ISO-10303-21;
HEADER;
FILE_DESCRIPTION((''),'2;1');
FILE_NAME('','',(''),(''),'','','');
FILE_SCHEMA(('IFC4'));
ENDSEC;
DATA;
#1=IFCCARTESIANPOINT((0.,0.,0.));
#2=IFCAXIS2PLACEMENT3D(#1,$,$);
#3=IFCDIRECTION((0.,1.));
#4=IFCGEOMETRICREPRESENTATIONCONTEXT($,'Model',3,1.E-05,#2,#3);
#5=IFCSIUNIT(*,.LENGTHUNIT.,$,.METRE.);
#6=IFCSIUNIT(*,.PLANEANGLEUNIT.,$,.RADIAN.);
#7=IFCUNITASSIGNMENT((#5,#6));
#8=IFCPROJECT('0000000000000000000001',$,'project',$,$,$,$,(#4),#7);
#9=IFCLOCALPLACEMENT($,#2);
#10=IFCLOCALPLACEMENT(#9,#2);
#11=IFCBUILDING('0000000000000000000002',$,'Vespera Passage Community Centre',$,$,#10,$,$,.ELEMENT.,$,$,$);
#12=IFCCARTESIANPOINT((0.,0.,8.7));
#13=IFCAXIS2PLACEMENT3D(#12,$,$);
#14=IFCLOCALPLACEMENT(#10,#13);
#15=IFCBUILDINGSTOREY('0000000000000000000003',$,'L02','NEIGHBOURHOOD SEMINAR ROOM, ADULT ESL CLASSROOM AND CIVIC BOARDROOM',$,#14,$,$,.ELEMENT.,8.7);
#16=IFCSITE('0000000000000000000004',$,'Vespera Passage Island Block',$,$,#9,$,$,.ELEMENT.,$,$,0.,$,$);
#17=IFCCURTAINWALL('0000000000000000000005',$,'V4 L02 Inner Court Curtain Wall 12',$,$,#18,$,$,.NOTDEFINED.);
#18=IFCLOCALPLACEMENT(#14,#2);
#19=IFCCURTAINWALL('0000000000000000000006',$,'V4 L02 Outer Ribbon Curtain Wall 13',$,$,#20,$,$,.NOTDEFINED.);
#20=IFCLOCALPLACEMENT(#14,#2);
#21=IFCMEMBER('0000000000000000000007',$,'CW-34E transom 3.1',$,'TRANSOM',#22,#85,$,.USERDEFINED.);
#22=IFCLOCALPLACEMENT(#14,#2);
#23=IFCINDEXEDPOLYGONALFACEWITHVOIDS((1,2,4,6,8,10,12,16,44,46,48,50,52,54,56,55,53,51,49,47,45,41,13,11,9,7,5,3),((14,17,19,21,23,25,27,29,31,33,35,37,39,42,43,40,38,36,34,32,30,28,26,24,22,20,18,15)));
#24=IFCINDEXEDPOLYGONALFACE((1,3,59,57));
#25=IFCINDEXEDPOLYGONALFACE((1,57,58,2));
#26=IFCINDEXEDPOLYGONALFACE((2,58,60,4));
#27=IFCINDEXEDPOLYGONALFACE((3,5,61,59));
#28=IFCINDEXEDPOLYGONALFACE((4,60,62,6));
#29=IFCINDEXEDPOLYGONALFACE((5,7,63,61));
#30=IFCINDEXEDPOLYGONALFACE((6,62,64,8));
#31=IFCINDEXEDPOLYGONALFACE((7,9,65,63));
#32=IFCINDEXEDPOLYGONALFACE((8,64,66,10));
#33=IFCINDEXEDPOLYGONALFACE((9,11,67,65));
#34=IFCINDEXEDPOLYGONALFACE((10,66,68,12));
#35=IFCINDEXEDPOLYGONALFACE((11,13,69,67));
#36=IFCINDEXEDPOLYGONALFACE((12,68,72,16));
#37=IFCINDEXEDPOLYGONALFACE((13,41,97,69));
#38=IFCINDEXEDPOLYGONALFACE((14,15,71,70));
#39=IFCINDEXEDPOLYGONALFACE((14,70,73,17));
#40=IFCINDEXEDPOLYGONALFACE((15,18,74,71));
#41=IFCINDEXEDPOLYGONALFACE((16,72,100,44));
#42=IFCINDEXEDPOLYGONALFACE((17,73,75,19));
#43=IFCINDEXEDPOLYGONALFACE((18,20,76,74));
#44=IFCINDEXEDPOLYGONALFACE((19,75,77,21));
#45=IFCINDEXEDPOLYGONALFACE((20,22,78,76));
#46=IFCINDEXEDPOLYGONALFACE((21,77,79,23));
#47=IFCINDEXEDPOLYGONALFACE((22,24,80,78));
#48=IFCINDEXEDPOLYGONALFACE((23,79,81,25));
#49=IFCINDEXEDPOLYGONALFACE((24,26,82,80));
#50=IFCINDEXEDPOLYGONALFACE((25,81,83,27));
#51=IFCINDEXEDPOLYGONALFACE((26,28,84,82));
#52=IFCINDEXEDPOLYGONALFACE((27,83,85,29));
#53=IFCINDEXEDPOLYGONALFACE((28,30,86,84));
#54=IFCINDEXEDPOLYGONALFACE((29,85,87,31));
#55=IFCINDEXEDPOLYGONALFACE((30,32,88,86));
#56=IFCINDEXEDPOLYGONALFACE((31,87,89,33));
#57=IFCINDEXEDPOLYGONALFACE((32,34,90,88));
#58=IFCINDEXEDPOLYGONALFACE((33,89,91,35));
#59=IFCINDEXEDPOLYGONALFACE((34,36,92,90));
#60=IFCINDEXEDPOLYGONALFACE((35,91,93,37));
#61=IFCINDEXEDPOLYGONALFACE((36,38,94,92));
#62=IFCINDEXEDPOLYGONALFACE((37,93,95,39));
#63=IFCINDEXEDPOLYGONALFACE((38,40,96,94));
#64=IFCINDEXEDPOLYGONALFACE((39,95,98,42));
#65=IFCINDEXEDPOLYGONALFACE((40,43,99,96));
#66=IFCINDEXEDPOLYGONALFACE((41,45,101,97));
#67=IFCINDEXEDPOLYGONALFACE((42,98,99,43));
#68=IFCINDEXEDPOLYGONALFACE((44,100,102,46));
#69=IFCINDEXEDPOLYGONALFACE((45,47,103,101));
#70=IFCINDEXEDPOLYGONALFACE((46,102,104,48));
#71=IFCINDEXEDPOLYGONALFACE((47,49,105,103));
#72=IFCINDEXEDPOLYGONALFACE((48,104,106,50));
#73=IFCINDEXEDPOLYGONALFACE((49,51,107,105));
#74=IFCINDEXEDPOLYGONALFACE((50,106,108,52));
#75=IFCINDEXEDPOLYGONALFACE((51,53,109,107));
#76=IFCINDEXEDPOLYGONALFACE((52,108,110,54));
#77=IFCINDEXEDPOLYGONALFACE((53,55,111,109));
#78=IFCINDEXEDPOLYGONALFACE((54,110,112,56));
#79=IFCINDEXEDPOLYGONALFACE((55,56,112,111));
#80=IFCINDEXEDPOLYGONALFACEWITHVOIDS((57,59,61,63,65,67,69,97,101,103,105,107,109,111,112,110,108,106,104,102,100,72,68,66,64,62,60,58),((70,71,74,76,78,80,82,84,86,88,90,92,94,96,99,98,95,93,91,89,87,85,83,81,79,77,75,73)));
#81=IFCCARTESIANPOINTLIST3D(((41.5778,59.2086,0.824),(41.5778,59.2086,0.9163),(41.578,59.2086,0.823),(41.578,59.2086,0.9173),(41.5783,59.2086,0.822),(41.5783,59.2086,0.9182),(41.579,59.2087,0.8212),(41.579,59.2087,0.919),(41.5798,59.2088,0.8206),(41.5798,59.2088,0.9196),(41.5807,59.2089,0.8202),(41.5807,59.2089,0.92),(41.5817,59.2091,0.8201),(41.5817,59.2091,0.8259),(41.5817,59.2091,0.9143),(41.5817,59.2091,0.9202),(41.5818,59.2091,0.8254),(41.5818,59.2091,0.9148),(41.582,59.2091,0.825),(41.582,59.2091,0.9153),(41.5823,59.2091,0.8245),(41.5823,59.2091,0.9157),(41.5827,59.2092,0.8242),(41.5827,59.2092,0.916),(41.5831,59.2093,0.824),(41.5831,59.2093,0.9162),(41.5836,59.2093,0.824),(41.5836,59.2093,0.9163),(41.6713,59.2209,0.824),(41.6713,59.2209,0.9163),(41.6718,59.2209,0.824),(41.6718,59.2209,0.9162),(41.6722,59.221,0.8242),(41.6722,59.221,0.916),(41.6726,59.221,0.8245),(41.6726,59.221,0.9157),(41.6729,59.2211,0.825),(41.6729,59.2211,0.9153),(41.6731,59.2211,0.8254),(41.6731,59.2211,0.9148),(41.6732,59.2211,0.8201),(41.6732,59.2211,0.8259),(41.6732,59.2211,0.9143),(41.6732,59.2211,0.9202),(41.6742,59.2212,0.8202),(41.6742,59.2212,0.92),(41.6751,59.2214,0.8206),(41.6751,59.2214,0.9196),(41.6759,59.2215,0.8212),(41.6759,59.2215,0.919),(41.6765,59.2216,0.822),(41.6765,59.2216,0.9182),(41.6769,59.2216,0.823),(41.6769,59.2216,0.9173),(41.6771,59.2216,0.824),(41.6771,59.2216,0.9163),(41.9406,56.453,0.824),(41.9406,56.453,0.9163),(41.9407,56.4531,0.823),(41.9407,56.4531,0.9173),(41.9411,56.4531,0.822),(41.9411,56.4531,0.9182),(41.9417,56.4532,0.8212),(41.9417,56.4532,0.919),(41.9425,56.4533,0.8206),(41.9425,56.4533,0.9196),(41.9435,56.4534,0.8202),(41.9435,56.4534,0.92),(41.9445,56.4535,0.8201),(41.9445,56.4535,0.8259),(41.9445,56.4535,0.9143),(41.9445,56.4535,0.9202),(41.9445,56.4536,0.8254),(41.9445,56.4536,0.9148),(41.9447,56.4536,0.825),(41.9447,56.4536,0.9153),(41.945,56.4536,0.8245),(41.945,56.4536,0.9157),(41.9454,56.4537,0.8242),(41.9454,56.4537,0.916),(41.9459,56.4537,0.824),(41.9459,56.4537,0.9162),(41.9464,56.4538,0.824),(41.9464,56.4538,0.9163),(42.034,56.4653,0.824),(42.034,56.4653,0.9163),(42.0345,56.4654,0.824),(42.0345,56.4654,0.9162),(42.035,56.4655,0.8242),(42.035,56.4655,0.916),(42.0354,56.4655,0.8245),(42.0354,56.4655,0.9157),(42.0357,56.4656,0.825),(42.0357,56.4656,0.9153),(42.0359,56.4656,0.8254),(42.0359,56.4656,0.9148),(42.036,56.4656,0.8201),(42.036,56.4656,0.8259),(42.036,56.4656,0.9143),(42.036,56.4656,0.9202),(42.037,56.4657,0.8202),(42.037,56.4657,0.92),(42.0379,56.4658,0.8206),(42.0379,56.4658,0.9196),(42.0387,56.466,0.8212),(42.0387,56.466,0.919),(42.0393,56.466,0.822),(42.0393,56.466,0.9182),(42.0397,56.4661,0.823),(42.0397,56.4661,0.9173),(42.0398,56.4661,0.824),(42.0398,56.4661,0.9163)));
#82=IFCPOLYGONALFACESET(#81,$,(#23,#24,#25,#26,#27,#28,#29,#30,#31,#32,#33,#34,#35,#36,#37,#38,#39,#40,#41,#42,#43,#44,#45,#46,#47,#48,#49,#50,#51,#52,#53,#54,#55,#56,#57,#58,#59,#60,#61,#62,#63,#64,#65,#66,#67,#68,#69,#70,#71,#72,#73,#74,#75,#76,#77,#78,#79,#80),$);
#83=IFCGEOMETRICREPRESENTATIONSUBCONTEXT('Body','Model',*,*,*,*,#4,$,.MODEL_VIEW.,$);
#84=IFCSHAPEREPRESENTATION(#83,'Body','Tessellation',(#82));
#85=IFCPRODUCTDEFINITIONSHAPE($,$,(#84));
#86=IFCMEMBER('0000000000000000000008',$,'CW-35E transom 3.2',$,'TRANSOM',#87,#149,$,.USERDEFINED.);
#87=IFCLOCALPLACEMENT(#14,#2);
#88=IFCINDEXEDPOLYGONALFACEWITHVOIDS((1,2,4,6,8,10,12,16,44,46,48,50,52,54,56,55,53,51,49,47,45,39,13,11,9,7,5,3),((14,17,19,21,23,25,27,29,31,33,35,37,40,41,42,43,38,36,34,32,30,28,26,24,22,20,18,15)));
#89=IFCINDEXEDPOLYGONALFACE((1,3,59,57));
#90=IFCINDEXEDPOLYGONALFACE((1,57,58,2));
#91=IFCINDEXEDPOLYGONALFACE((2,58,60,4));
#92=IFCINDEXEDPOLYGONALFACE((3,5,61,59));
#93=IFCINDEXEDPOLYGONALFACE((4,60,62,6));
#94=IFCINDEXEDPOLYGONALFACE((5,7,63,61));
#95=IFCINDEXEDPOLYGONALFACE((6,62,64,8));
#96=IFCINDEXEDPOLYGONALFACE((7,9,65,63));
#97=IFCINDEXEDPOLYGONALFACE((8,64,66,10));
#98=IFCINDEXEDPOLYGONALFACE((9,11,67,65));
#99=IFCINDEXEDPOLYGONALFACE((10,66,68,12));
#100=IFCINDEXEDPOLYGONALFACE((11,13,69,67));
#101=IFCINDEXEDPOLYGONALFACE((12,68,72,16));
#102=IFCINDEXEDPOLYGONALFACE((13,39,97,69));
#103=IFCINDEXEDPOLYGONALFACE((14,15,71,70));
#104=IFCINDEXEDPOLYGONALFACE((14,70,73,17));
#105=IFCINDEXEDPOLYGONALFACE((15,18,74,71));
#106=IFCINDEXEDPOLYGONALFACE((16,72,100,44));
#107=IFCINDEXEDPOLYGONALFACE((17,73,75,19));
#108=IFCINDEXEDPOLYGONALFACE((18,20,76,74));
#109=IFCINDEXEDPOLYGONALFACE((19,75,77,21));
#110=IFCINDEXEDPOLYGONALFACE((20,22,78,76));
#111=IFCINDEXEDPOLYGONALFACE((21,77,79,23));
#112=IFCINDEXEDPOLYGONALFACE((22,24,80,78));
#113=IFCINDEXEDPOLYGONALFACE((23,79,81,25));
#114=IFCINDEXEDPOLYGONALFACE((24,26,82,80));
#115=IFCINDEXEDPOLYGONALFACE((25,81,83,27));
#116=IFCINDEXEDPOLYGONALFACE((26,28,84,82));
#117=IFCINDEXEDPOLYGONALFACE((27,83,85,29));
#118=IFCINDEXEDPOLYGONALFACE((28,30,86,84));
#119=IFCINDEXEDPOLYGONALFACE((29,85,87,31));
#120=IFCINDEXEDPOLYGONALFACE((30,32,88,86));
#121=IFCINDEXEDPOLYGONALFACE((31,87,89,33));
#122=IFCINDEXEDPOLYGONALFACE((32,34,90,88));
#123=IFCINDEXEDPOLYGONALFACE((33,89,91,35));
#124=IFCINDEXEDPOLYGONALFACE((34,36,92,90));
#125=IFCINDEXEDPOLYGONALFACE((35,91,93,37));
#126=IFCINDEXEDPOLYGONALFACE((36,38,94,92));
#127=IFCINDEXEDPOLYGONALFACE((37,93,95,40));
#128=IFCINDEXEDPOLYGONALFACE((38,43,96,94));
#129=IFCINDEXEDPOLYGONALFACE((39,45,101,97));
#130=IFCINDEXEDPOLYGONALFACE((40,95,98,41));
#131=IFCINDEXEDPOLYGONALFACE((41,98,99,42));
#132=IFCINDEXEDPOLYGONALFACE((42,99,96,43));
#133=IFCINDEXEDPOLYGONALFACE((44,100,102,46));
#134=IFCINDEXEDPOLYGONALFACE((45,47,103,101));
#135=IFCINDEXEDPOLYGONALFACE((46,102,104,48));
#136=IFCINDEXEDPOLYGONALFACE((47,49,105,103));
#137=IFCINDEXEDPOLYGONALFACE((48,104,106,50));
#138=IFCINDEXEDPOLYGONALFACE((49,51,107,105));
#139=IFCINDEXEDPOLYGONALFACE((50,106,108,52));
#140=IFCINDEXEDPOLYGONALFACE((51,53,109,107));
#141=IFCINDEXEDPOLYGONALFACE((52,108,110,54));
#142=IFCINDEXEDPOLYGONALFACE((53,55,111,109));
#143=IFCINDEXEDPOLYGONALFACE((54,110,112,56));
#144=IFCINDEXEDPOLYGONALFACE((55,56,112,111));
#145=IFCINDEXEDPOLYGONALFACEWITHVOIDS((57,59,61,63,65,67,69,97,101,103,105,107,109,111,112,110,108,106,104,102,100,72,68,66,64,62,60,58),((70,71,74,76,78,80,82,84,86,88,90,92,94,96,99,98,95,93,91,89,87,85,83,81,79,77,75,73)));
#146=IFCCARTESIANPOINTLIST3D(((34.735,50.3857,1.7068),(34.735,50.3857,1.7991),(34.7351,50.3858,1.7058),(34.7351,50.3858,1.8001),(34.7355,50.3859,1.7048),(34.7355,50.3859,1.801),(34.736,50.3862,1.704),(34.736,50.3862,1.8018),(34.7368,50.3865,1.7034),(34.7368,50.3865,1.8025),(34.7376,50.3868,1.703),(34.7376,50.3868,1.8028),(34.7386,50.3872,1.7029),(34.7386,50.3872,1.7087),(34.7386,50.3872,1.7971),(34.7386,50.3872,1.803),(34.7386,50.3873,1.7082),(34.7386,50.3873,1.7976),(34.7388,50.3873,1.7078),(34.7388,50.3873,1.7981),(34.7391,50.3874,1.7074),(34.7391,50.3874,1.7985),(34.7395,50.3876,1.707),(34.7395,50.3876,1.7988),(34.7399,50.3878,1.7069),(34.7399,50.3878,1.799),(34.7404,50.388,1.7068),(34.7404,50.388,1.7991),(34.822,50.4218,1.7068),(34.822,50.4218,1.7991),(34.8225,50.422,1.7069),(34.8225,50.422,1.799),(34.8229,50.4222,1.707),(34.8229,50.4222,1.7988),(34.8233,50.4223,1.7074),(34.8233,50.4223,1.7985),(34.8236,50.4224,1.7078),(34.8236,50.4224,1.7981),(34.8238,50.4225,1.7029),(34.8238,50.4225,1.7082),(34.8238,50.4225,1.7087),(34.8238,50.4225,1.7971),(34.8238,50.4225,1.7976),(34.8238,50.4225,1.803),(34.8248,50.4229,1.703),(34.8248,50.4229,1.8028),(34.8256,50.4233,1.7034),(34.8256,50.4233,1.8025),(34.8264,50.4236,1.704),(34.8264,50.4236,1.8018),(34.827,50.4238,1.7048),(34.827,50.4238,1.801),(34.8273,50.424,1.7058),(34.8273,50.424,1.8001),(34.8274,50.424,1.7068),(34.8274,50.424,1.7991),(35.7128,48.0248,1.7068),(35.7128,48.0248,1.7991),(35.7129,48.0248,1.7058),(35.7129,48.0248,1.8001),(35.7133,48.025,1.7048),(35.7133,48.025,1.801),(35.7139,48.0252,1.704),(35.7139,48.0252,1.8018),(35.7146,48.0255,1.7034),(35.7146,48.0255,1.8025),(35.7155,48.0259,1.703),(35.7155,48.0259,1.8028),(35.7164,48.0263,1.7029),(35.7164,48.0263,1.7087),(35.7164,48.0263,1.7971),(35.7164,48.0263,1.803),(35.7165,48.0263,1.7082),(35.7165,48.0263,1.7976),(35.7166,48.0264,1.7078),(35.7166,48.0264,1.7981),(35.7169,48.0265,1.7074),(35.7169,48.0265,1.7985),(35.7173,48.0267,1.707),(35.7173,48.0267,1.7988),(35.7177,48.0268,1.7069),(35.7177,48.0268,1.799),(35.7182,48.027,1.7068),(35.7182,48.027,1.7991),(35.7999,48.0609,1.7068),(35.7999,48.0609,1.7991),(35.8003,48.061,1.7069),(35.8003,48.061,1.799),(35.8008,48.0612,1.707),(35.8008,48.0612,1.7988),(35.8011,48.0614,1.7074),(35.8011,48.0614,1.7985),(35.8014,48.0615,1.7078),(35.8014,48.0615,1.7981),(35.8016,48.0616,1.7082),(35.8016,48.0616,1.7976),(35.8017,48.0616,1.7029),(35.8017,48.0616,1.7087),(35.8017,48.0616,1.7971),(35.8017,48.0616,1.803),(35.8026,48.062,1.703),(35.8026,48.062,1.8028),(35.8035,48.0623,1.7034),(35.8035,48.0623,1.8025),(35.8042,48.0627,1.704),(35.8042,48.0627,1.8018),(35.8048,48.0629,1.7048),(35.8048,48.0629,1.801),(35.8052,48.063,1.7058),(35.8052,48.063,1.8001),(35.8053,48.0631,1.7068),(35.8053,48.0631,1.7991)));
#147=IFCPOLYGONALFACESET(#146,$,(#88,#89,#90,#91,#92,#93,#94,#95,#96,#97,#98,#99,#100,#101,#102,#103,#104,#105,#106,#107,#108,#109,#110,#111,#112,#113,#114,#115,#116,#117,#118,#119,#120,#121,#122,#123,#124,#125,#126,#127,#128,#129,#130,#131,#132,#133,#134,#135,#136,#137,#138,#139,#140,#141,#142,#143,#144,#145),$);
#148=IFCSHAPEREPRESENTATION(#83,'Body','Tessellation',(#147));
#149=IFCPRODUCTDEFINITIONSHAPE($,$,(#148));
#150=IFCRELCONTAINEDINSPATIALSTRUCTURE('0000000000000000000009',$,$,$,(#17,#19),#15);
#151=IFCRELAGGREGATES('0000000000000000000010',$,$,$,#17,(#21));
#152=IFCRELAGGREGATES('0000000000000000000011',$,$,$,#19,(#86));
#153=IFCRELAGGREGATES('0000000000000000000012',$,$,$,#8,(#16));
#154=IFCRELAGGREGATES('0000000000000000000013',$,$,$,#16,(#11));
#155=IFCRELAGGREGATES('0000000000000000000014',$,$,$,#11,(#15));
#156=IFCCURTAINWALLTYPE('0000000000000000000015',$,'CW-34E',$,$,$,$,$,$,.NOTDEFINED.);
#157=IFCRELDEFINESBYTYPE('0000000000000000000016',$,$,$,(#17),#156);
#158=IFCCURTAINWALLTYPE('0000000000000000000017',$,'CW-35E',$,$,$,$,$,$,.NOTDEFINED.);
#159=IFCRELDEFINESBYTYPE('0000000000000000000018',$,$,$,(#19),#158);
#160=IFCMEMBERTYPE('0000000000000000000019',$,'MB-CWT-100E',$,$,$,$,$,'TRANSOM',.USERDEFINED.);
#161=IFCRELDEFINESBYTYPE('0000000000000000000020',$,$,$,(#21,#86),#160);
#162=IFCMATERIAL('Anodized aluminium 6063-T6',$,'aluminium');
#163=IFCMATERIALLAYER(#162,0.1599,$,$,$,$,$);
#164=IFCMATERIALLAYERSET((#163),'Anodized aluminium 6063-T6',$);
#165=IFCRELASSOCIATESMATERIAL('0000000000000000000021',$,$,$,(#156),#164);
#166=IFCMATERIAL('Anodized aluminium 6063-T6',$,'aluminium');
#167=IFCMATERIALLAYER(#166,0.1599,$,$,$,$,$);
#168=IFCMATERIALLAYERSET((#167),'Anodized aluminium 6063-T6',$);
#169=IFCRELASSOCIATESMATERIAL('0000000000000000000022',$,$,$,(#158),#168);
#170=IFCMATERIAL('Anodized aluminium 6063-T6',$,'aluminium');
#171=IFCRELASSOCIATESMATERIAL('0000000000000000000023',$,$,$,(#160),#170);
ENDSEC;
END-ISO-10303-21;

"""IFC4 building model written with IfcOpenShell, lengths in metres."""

from ifc_helpers import new_model, si_unit, direction, frame, origin, origin_2d, place, context, subcontext, project, spatial, hollow_rectangle, extrude, material, layer, layer_set, material_profile, profile_set, type_object, element, aggregate, save


model = new_model("IFC4")

# Units and contexts
model_context = context("Model", 3, precision=1e-05, world=origin(), true_north=direction((0.0, 1.0)))
body_context = subcontext(model_context, "Body", "Model", "MODEL_VIEW")
ifc_project = project(units=[si_unit("LENGTHUNIT", "METRE"), si_unit("PLANEANGLEUNIT", "RADIAN")], contexts=[model_context])

# Site, building, storey
site_placement = place(None, origin())
site = spatial("IfcSite", under=ifc_project, at=site_placement, Name="Vespera Passage Island Block", CompositionType="ELEMENT", RefElevation=0.0)
building_placement = place(site_placement, origin())
building = spatial("IfcBuilding", under=site, at=building_placement, Name="Vespera Passage Community Centre", CompositionType="ELEMENT")
storey_placement = place(building_placement, frame((0.0, 0.0, 8.7)))
storey = spatial("IfcBuildingStorey", under=building, at=storey_placement, Name="L02", Description="NEIGHBOURHOOD SEMINAR ROOM, ADULT ESL CLASSROOM AND CIVIC BOARDROOM", CompositionType="ELEMENT", Elevation=8.7)

# Curtain walls
ifc_material_1 = material(Name="Anodized aluminium 6063-T6", Category="aluminium")
ifc_layer_1 = layer(ifc_material_1, 0.1599)
ifc_layer_set_1 = layer_set([ifc_layer_1], Name="Anodized aluminium 6063-T6")
curtain_wall_type_1 = type_object("IfcCurtainWallType", Name="CW-34E", PredefinedType="NOTDEFINED", material=ifc_layer_set_1)
curtain_wall_1_placement = place(storey_placement, origin())
curtain_wall_1 = element("IfcCurtainWall", 1, at=curtain_wall_1_placement, inside=storey, type_object=curtain_wall_type_1, Name="V4 L02 Inner Court Curtain Wall 12", PredefinedType="NOTDEFINED")
ifc_material_2 = material(Name="Anodized aluminium 6063-T6", Category="aluminium")
ifc_layer_2 = layer(ifc_material_2, 0.1599)
ifc_layer_set_2 = layer_set([ifc_layer_2], Name="Anodized aluminium 6063-T6")
curtain_wall_type_2 = type_object("IfcCurtainWallType", Name="CW-35E", PredefinedType="NOTDEFINED", material=ifc_layer_set_2)
curtain_wall_2_placement = place(storey_placement, origin())
curtain_wall_2 = element("IfcCurtainWall", 2, at=curtain_wall_2_placement, inside=storey, type_object=curtain_wall_type_2, Name="V4 L02 Outer Ribbon Curtain Wall 13", PredefinedType="NOTDEFINED")

# Members
ifc_material_3 = material(Name="Anodized aluminium 6063-T6", Category="aluminium")
ifc_material_profile_1 = material_profile(ifc_material_3, hollow_rectangle(XDim=0.1001, YDim=0.1001, WallThickness=0.0039, InnerFilletRadius=0.002, OuterFilletRadius=0.0039, at=origin_2d()), Name="ALU100X100X4")
ifc_profile_set_1 = profile_set([ifc_material_profile_1], Name="Anodized aluminium 6063-T6")
member_type_1 = type_object("IfcMemberType", Name="MB-CWT-100E", ElementType="TRANSOM", PredefinedType="USERDEFINED", material=ifc_profile_set_1)
member_1_placement = place(storey_placement, frame((41.6274, 59.2151, 0.8701), z_axis=(0.130529, -0.991444, 0.0), x_axis=(0.991444, 0.130529, 0.0)))
member_1 = element("IfcMember", 3, at=member_1_placement, type_object=member_type_1, Name="CW-34E transom 3.1", ObjectType="TRANSOM", PredefinedType="USERDEFINED", context=body_context, shape_type="SweptSolid", body=[
    extrude(hollow_rectangle(XDim=0.1001, YDim=0.1001, WallThickness=0.0039, InnerFilletRadius=0.002, OuterFilletRadius=0.0039, at=origin_2d()), origin(), (0.0, 0.0, 1.0), 2.7793),
])
member_2_placement = place(storey_placement, frame((35.759, 48.0439, 1.7529), z_axis=(-0.382647, 0.923895, 0.0), x_axis=(-0.923895, -0.382647, 0.0)))
member_2 = element("IfcMember", 4, at=member_2_placement, type_object=member_type_1, Name="CW-35E transom 3.2", ObjectType="TRANSOM", PredefinedType="USERDEFINED", context=body_context, shape_type="SweptSolid", body=[
    extrude(hollow_rectangle(XDim=0.1001, YDim=0.1001, WallThickness=0.0039, InnerFilletRadius=0.002, OuterFilletRadius=0.0039, at=origin_2d()), origin(), (0.0, 0.0, 1.0), 2.5554),
])

aggregate(curtain_wall_1, [member_1])
aggregate(curtain_wall_2, [member_2])

save(model, "model.ifc")
